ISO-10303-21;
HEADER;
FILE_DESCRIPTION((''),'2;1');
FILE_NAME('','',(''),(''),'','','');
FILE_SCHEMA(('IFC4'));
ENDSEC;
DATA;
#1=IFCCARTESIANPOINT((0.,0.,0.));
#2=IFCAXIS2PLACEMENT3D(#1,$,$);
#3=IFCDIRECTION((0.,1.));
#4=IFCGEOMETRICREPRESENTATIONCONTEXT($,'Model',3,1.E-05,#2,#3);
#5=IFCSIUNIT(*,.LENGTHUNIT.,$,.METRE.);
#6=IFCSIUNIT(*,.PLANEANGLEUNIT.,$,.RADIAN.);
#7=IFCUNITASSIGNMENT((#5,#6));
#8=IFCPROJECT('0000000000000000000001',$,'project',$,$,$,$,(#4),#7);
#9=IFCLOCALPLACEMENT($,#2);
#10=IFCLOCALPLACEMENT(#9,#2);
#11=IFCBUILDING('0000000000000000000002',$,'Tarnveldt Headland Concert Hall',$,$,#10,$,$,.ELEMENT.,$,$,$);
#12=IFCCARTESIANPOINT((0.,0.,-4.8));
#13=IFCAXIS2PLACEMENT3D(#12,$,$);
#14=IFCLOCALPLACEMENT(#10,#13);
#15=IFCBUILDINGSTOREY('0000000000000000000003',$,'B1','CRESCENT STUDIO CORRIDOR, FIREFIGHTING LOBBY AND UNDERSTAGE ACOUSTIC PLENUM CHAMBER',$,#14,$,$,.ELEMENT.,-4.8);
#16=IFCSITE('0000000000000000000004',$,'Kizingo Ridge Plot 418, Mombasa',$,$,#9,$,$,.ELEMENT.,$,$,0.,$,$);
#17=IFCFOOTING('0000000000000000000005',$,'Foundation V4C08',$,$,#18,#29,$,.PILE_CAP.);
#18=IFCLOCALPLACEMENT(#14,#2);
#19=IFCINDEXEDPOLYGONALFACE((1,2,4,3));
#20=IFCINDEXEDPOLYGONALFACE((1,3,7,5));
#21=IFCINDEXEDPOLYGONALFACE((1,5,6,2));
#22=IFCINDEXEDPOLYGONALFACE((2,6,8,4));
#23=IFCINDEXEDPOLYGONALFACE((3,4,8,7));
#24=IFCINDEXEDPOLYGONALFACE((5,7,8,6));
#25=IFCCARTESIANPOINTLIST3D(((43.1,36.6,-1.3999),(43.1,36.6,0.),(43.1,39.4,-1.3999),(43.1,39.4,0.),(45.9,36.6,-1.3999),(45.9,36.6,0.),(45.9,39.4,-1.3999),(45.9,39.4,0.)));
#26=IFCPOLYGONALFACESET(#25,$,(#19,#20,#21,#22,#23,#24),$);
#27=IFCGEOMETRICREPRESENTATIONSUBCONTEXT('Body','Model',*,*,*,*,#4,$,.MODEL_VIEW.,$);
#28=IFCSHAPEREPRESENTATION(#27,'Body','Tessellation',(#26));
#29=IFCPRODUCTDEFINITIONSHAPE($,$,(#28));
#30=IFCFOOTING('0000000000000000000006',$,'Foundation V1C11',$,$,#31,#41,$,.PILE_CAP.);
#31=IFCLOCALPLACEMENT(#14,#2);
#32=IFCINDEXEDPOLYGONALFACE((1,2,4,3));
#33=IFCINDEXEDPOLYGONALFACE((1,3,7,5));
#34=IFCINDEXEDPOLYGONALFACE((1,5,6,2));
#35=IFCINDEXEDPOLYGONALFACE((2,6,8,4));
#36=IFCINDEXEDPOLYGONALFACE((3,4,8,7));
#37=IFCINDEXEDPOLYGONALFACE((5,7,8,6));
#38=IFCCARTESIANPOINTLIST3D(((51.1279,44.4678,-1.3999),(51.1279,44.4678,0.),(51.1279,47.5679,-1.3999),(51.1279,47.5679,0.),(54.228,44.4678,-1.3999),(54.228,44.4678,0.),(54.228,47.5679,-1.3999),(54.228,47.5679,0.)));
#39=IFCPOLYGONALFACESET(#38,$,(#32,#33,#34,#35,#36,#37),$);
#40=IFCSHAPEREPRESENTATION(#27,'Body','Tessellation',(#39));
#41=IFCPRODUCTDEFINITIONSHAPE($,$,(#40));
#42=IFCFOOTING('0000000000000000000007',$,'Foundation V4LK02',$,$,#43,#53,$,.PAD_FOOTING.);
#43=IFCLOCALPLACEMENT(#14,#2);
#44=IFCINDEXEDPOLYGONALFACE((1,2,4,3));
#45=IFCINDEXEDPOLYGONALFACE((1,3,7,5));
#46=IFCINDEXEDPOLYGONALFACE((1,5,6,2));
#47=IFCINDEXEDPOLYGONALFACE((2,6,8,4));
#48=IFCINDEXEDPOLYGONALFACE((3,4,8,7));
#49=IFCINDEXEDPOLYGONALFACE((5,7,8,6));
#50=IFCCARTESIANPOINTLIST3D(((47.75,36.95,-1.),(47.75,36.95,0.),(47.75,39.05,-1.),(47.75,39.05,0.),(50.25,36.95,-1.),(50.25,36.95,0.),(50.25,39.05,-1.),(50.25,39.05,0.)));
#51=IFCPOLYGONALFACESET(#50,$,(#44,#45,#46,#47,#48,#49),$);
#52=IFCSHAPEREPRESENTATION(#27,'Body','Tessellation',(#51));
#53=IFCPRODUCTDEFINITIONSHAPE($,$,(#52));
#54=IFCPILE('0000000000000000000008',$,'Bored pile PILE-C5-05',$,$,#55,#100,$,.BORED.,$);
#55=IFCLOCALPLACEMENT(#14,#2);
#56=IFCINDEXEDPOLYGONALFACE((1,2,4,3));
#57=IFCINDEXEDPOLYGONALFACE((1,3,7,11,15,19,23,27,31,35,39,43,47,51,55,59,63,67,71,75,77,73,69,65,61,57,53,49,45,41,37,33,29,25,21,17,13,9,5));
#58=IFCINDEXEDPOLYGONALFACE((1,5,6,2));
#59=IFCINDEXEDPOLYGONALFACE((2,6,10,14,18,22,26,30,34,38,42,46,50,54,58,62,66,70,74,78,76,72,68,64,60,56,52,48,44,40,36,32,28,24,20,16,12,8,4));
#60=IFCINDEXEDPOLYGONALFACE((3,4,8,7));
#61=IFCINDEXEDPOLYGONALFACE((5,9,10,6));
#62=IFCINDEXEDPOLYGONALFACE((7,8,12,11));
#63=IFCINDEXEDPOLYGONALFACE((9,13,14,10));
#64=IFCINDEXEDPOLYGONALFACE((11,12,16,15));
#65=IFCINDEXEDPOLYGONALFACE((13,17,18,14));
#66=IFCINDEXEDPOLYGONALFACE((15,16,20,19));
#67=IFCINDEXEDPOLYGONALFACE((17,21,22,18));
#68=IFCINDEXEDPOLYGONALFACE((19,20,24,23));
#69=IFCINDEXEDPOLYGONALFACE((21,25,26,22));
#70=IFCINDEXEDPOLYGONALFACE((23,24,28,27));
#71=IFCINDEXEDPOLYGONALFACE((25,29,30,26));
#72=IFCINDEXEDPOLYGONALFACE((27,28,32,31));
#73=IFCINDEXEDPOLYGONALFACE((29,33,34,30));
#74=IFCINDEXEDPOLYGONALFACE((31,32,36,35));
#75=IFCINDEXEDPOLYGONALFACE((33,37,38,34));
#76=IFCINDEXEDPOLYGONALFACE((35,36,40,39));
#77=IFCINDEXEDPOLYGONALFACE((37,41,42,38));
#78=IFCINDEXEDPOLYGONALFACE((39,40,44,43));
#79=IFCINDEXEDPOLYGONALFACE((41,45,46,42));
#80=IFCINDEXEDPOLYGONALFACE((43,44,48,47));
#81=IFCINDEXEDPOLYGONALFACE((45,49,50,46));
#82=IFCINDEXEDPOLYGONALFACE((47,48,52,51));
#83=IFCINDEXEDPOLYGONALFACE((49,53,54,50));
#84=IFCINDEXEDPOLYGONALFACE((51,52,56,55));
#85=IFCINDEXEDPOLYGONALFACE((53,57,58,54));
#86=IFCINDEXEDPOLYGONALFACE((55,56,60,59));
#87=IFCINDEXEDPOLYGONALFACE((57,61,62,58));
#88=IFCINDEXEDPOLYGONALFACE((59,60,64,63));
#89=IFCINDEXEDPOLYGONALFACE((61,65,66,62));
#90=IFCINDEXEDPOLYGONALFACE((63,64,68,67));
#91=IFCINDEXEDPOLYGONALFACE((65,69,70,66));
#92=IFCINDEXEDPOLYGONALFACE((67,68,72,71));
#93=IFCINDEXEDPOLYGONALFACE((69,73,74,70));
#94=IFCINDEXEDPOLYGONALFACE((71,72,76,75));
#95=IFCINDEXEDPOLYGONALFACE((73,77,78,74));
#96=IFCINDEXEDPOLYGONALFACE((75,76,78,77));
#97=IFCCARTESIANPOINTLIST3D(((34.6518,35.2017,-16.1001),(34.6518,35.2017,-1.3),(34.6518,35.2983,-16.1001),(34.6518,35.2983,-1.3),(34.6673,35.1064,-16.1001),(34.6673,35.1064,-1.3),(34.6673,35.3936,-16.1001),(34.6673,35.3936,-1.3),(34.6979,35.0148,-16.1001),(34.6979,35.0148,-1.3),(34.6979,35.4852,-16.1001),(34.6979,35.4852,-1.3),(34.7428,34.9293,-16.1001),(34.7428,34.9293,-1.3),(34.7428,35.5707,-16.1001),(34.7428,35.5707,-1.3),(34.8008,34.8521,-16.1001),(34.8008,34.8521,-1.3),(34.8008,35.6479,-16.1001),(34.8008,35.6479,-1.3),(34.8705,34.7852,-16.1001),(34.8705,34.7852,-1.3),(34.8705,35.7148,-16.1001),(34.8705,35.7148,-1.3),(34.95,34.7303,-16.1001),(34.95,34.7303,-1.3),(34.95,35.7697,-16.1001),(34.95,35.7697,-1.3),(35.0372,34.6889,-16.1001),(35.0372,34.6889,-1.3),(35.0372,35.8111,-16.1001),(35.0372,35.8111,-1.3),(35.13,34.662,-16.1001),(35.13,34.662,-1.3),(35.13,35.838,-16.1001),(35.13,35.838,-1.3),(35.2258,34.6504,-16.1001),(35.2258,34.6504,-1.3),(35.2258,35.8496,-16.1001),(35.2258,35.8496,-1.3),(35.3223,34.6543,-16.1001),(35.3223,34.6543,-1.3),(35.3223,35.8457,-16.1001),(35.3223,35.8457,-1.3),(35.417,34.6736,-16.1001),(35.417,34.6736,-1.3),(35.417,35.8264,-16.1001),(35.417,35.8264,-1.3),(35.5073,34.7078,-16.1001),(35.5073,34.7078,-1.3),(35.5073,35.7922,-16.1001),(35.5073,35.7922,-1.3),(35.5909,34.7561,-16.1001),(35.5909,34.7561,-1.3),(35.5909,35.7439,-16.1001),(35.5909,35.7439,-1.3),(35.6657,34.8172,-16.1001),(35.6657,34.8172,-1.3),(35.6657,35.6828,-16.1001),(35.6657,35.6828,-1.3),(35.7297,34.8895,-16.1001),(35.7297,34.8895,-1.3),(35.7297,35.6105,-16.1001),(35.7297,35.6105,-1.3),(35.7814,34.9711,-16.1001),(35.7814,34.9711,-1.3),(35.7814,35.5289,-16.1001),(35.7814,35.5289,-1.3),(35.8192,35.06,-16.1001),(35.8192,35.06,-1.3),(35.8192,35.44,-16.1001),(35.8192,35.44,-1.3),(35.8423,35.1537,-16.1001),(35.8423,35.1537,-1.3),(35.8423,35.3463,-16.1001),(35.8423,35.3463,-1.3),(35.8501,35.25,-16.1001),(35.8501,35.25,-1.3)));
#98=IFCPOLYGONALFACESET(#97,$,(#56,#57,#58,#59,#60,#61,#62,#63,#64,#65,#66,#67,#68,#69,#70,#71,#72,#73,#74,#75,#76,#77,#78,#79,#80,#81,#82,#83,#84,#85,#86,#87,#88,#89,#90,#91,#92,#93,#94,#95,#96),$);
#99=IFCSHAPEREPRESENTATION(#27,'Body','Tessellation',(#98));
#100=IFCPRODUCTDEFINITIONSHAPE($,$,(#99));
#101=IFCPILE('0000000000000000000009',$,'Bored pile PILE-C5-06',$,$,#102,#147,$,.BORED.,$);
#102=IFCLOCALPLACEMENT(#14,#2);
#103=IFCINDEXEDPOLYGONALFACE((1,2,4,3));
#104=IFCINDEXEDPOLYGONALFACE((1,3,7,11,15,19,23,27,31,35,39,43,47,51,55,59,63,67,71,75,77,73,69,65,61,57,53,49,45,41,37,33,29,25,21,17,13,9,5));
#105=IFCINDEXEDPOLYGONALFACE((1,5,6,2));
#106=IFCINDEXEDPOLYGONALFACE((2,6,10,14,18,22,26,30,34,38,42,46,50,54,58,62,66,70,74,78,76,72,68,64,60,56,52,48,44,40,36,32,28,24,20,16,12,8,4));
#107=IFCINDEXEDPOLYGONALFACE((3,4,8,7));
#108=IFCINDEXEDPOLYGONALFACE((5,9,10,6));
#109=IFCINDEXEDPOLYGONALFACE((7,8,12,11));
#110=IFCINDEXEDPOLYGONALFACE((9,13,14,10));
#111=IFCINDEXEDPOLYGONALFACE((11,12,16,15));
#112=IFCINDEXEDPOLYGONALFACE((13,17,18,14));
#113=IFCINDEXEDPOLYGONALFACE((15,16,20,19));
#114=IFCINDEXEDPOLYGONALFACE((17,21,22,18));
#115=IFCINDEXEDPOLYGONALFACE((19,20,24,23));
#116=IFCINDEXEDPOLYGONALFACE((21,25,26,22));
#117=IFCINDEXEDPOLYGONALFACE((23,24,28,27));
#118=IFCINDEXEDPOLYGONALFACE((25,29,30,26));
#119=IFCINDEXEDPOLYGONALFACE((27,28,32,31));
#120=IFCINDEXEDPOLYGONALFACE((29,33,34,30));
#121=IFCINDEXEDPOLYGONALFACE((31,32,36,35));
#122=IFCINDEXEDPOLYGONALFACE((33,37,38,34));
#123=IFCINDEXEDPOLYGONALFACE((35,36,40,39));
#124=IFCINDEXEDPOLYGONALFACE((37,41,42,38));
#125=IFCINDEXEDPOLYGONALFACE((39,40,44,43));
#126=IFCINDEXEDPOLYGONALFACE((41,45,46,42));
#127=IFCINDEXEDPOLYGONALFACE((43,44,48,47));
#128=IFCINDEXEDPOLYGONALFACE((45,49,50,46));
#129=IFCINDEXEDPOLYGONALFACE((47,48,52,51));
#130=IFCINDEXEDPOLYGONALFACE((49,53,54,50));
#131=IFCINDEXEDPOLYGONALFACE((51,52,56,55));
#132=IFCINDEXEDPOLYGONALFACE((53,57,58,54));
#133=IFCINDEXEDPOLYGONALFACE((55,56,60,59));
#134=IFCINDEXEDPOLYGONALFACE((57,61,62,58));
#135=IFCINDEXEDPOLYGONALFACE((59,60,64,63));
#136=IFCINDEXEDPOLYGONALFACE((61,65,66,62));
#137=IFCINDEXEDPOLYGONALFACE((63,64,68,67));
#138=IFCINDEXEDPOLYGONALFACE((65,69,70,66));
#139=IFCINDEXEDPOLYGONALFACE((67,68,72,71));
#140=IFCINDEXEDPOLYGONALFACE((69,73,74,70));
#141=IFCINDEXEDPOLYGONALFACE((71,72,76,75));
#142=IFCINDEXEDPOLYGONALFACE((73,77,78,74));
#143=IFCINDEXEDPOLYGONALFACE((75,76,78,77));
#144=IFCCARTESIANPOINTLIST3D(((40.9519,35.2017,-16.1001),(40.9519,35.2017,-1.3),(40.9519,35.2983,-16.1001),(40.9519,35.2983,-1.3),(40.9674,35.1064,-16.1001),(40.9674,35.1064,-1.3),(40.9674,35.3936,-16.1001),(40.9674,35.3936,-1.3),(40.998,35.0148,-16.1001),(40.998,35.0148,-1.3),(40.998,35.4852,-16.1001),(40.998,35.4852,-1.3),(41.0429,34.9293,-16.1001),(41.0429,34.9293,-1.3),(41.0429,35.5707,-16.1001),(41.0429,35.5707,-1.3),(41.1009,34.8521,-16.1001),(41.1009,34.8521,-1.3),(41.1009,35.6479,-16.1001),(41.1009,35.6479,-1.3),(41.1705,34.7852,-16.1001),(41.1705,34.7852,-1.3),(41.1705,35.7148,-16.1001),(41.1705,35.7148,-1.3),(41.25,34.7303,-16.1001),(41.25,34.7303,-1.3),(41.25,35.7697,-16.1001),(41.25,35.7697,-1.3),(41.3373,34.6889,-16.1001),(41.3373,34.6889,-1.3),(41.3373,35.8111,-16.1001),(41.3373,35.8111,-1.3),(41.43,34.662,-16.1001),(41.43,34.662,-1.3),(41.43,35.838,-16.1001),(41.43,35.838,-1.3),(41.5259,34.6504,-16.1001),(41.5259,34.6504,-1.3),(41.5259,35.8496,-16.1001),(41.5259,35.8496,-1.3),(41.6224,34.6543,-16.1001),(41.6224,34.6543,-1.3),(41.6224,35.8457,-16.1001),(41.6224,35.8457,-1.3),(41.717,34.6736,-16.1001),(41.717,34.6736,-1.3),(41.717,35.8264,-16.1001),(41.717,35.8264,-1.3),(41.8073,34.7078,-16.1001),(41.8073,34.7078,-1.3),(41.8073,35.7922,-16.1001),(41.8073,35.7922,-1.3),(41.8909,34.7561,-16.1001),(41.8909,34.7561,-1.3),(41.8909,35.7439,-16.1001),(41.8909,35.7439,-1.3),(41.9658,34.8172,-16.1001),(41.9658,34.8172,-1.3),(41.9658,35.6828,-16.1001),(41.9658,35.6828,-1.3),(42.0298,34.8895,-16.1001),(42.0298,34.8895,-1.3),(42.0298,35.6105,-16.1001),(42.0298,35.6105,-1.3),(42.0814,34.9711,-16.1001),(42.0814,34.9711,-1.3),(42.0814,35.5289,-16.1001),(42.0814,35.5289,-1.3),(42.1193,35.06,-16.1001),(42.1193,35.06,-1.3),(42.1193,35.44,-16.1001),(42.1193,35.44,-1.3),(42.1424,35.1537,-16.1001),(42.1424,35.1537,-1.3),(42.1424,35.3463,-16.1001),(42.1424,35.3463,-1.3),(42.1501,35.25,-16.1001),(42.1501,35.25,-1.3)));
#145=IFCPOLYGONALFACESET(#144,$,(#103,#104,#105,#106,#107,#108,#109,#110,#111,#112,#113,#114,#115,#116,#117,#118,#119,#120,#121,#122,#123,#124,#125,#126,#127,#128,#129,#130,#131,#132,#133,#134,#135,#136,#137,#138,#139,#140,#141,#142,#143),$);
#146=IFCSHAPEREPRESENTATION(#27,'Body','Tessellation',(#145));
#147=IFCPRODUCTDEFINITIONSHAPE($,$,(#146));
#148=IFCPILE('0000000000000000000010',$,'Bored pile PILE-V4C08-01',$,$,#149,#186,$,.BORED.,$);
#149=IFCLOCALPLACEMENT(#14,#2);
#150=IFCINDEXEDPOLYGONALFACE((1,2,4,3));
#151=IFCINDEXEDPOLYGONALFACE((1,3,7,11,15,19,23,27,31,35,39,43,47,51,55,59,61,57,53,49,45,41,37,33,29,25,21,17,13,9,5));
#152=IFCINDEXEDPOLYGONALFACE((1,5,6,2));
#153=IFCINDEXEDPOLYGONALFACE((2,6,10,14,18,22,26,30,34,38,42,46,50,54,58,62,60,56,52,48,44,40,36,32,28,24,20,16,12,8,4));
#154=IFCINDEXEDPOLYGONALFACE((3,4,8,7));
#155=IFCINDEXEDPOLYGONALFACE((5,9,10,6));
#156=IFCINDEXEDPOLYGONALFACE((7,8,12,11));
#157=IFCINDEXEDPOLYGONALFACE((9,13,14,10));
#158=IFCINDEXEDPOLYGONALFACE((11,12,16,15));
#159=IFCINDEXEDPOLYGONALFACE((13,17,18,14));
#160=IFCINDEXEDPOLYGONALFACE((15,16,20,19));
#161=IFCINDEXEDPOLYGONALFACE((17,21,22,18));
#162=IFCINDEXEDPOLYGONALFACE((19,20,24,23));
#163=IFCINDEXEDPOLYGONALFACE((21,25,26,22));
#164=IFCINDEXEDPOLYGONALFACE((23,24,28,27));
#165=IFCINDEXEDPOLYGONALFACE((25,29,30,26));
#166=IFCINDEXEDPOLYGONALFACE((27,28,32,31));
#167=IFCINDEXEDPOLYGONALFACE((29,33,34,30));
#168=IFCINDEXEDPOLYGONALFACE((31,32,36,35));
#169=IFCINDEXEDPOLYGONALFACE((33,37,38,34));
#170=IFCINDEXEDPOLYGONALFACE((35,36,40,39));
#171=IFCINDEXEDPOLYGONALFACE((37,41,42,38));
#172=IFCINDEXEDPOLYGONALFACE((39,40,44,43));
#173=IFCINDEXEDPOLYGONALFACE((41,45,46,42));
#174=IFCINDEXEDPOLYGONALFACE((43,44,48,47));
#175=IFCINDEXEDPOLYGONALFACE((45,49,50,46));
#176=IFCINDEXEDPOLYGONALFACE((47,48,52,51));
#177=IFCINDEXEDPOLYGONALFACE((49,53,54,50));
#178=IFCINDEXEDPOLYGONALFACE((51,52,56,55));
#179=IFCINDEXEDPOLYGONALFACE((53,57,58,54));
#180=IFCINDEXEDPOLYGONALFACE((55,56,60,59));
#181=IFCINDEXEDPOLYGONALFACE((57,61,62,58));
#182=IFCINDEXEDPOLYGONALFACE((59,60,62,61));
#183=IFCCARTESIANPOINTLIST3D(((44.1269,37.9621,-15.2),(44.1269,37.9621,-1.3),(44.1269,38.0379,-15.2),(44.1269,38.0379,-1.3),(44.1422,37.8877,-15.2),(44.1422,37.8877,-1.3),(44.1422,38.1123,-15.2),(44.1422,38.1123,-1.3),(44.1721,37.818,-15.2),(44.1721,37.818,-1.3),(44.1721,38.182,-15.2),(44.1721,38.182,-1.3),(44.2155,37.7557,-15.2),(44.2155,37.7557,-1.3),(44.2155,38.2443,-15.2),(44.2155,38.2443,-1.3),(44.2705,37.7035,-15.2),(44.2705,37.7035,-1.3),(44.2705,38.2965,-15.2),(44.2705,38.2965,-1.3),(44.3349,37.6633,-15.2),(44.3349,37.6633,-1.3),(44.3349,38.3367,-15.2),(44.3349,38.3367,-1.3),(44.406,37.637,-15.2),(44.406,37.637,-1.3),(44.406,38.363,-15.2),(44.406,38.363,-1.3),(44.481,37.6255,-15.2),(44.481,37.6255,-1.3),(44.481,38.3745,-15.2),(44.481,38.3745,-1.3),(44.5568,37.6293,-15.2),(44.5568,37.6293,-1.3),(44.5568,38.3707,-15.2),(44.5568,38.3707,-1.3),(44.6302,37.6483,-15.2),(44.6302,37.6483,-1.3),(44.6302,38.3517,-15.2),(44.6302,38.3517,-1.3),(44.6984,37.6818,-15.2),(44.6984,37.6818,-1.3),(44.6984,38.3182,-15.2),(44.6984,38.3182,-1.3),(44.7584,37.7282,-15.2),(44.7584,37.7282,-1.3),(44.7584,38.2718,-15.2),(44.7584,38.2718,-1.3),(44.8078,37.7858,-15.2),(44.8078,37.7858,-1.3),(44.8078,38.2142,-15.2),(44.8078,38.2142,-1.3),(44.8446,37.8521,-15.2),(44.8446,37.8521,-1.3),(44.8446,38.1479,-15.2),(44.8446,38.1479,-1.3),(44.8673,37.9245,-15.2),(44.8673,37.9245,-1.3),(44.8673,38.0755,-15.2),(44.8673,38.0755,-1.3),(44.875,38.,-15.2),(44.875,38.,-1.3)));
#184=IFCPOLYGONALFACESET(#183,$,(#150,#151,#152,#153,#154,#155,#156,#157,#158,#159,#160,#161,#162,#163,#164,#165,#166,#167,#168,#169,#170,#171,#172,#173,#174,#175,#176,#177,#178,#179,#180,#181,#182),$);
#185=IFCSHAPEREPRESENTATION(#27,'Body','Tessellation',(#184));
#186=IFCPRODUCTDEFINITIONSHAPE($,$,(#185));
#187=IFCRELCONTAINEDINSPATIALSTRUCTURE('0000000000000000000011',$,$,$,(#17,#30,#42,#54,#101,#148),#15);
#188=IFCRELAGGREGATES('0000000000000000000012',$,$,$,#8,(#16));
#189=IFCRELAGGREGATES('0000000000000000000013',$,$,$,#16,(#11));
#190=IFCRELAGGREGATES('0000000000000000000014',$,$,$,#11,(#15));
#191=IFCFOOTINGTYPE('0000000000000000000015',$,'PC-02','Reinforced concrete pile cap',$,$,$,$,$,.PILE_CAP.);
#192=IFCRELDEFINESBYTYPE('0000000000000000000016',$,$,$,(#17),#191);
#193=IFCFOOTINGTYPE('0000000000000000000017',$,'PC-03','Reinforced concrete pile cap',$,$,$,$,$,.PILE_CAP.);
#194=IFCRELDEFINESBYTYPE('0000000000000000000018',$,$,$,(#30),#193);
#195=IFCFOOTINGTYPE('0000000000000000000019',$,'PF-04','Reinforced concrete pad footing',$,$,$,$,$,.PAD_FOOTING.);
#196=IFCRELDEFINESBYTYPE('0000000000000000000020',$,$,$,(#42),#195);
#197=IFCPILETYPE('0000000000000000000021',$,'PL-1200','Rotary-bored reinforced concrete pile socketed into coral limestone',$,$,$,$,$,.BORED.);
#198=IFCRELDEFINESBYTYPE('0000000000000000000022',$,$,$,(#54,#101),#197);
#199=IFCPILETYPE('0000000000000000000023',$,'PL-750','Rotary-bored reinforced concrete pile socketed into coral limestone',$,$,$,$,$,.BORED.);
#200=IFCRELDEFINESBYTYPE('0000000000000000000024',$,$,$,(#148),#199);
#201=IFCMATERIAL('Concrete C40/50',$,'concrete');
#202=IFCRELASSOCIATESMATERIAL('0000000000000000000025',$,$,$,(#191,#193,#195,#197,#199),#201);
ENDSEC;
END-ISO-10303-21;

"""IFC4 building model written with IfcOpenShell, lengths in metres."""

from ifc_helpers import new_model, si_unit, direction, frame, origin, origin_2d, place, context, subcontext, project, spatial, rectangle, circle, extrude, material, material_profile, profile_set, type_object, element, save


model = new_model("IFC4")

# Units and contexts
model_context = context("Model", 3, precision=1e-05, world=origin(), true_north=direction((0.0, 1.0)))
body_context = subcontext(model_context, "Body", "Model", "MODEL_VIEW")
ifc_project = project(units=[si_unit("LENGTHUNIT", "METRE"), si_unit("PLANEANGLEUNIT", "RADIAN")], contexts=[model_context])

# Site, building, storey
site_placement = place(None, origin())
site = spatial("IfcSite", under=ifc_project, at=site_placement, Name="Kizingo Ridge Plot 418, Mombasa", CompositionType="ELEMENT", RefElevation=0.0)
building_placement = place(site_placement, origin())
building = spatial("IfcBuilding", under=site, at=building_placement, Name="Tarnveldt Headland Concert Hall", CompositionType="ELEMENT")
storey_placement = place(building_placement, frame((0.0, 0.0, -4.8)))
storey = spatial("IfcBuildingStorey", under=building, at=storey_placement, Name="B1", Description="CRESCENT STUDIO CORRIDOR, FIREFIGHTING LOBBY AND UNDERSTAGE ACOUSTIC PLENUM CHAMBER", CompositionType="ELEMENT", Elevation=-4.8)

# Footings
ifc_material_1 = material(Name="Concrete C40/50", Category="concrete")
footing_type_1 = type_object("IfcFootingType", Name="PC-02", Description="Reinforced concrete pile cap", PredefinedType="PILE_CAP", material=ifc_material_1)
footing_1_placement = place(storey_placement, frame((44.5, 38.0, -1.3999), z_axis=(0.0, 0.0, 1.0), x_axis=(1.0, 0.0, 0.0)))
element("IfcFooting", 1, at=footing_1_placement, inside=storey, type_object=footing_type_1, Name="Foundation V4C08", PredefinedType="PILE_CAP", context=body_context, shape_type="SweptSolid", body=[
    extrude(rectangle(XDim=2.8, YDim=2.8, at=origin_2d()), origin(), (0.0, 0.0, 1.0), 1.3999),
])
footing_type_2 = type_object("IfcFootingType", Name="PC-03", Description="Reinforced concrete pile cap", PredefinedType="PILE_CAP", material=ifc_material_1)
footing_2_placement = place(storey_placement, frame((52.678, 46.0178, -1.3999), z_axis=(0.0, 0.0, 1.0), x_axis=(1.0, 0.0, 0.0)))
element("IfcFooting", 2, at=footing_2_placement, inside=storey, type_object=footing_type_2, Name="Foundation V1C11", PredefinedType="PILE_CAP", context=body_context, shape_type="SweptSolid", body=[
    extrude(rectangle(XDim=3.1001, YDim=3.1001, at=origin_2d()), origin(), (0.0, 0.0, 1.0), 1.3999),
])
footing_type_3 = type_object("IfcFootingType", Name="PF-04", Description="Reinforced concrete pad footing", PredefinedType="PAD_FOOTING", material=ifc_material_1)
footing_3_placement = place(storey_placement, frame((49.0, 38.0, -1.0), z_axis=(0.0, 0.0, 1.0), x_axis=(1.0, 0.0, 0.0)))
element("IfcFooting", 3, at=footing_3_placement, inside=storey, type_object=footing_type_3, Name="Foundation V4LK02", PredefinedType="PAD_FOOTING", context=body_context, shape_type="SweptSolid", body=[
    extrude(rectangle(XDim=2.5, YDim=2.1001, at=origin_2d()), origin(), (0.0, 0.0, 1.0), 1.0),
])

# Piles
ifc_material_profile_1 = material_profile(ifc_material_1, circle(Radius=0.6001, at=origin_2d()), Name="BORED PILE D1200", Category="concrete")
ifc_profile_set_1 = profile_set([ifc_material_profile_1], Name="Concrete C40/50")
pile_type_1 = type_object("IfcPileType", Name="PL-1200", Description="Rotary-bored reinforced concrete pile socketed into coral limestone", PredefinedType="BORED", material=ifc_profile_set_1)
for number, where, z_axis, x_axis, name in (
    (4, (35.25, 35.25, -1.3), (0.0, 0.0, -1.0), (1.0, 0.0, 0.0), "Bored pile PILE-C5-05"),
    (5, (41.55, 35.25, -1.3), (0.0, 0.0, -1.0), (1.0, 0.0, 0.0), "Bored pile PILE-C5-06"),
):
    element("IfcPile", number, at=place(storey_placement, frame(where, z_axis=z_axis, x_axis=x_axis)), inside=storey, type_object=pile_type_1, Name=name, PredefinedType="BORED", context=body_context, shape_type="SweptSolid", body=[
        extrude(circle(Radius=0.6001, at=origin_2d()), origin(), (0.0, 0.0, 1.0), 14.8),
    ])
ifc_material_profile_2 = material_profile(ifc_material_1, circle(Radius=0.375, at=origin_2d()), Name="BORED PILE D750", Category="concrete")
ifc_profile_set_2 = profile_set([ifc_material_profile_2], Name="Concrete C40/50")
pile_type_2 = type_object("IfcPileType", Name="PL-750", Description="Rotary-bored reinforced concrete pile socketed into coral limestone", PredefinedType="BORED", material=ifc_profile_set_2)
pile_1_placement = place(storey_placement, frame((44.5, 38.0, -1.3), z_axis=(0.0, 0.0, -1.0), x_axis=(1.0, 0.0, 0.0)))
element("IfcPile", 6, at=pile_1_placement, inside=storey, type_object=pile_type_2, Name="Bored pile PILE-V4C08-01", PredefinedType="BORED", context=body_context, shape_type="SweptSolid", body=[
    extrude(circle(Radius=0.375, at=origin_2d()), origin(), (0.0, 0.0, 1.0), 13.8999),
])

save(model, "model.ifc")
